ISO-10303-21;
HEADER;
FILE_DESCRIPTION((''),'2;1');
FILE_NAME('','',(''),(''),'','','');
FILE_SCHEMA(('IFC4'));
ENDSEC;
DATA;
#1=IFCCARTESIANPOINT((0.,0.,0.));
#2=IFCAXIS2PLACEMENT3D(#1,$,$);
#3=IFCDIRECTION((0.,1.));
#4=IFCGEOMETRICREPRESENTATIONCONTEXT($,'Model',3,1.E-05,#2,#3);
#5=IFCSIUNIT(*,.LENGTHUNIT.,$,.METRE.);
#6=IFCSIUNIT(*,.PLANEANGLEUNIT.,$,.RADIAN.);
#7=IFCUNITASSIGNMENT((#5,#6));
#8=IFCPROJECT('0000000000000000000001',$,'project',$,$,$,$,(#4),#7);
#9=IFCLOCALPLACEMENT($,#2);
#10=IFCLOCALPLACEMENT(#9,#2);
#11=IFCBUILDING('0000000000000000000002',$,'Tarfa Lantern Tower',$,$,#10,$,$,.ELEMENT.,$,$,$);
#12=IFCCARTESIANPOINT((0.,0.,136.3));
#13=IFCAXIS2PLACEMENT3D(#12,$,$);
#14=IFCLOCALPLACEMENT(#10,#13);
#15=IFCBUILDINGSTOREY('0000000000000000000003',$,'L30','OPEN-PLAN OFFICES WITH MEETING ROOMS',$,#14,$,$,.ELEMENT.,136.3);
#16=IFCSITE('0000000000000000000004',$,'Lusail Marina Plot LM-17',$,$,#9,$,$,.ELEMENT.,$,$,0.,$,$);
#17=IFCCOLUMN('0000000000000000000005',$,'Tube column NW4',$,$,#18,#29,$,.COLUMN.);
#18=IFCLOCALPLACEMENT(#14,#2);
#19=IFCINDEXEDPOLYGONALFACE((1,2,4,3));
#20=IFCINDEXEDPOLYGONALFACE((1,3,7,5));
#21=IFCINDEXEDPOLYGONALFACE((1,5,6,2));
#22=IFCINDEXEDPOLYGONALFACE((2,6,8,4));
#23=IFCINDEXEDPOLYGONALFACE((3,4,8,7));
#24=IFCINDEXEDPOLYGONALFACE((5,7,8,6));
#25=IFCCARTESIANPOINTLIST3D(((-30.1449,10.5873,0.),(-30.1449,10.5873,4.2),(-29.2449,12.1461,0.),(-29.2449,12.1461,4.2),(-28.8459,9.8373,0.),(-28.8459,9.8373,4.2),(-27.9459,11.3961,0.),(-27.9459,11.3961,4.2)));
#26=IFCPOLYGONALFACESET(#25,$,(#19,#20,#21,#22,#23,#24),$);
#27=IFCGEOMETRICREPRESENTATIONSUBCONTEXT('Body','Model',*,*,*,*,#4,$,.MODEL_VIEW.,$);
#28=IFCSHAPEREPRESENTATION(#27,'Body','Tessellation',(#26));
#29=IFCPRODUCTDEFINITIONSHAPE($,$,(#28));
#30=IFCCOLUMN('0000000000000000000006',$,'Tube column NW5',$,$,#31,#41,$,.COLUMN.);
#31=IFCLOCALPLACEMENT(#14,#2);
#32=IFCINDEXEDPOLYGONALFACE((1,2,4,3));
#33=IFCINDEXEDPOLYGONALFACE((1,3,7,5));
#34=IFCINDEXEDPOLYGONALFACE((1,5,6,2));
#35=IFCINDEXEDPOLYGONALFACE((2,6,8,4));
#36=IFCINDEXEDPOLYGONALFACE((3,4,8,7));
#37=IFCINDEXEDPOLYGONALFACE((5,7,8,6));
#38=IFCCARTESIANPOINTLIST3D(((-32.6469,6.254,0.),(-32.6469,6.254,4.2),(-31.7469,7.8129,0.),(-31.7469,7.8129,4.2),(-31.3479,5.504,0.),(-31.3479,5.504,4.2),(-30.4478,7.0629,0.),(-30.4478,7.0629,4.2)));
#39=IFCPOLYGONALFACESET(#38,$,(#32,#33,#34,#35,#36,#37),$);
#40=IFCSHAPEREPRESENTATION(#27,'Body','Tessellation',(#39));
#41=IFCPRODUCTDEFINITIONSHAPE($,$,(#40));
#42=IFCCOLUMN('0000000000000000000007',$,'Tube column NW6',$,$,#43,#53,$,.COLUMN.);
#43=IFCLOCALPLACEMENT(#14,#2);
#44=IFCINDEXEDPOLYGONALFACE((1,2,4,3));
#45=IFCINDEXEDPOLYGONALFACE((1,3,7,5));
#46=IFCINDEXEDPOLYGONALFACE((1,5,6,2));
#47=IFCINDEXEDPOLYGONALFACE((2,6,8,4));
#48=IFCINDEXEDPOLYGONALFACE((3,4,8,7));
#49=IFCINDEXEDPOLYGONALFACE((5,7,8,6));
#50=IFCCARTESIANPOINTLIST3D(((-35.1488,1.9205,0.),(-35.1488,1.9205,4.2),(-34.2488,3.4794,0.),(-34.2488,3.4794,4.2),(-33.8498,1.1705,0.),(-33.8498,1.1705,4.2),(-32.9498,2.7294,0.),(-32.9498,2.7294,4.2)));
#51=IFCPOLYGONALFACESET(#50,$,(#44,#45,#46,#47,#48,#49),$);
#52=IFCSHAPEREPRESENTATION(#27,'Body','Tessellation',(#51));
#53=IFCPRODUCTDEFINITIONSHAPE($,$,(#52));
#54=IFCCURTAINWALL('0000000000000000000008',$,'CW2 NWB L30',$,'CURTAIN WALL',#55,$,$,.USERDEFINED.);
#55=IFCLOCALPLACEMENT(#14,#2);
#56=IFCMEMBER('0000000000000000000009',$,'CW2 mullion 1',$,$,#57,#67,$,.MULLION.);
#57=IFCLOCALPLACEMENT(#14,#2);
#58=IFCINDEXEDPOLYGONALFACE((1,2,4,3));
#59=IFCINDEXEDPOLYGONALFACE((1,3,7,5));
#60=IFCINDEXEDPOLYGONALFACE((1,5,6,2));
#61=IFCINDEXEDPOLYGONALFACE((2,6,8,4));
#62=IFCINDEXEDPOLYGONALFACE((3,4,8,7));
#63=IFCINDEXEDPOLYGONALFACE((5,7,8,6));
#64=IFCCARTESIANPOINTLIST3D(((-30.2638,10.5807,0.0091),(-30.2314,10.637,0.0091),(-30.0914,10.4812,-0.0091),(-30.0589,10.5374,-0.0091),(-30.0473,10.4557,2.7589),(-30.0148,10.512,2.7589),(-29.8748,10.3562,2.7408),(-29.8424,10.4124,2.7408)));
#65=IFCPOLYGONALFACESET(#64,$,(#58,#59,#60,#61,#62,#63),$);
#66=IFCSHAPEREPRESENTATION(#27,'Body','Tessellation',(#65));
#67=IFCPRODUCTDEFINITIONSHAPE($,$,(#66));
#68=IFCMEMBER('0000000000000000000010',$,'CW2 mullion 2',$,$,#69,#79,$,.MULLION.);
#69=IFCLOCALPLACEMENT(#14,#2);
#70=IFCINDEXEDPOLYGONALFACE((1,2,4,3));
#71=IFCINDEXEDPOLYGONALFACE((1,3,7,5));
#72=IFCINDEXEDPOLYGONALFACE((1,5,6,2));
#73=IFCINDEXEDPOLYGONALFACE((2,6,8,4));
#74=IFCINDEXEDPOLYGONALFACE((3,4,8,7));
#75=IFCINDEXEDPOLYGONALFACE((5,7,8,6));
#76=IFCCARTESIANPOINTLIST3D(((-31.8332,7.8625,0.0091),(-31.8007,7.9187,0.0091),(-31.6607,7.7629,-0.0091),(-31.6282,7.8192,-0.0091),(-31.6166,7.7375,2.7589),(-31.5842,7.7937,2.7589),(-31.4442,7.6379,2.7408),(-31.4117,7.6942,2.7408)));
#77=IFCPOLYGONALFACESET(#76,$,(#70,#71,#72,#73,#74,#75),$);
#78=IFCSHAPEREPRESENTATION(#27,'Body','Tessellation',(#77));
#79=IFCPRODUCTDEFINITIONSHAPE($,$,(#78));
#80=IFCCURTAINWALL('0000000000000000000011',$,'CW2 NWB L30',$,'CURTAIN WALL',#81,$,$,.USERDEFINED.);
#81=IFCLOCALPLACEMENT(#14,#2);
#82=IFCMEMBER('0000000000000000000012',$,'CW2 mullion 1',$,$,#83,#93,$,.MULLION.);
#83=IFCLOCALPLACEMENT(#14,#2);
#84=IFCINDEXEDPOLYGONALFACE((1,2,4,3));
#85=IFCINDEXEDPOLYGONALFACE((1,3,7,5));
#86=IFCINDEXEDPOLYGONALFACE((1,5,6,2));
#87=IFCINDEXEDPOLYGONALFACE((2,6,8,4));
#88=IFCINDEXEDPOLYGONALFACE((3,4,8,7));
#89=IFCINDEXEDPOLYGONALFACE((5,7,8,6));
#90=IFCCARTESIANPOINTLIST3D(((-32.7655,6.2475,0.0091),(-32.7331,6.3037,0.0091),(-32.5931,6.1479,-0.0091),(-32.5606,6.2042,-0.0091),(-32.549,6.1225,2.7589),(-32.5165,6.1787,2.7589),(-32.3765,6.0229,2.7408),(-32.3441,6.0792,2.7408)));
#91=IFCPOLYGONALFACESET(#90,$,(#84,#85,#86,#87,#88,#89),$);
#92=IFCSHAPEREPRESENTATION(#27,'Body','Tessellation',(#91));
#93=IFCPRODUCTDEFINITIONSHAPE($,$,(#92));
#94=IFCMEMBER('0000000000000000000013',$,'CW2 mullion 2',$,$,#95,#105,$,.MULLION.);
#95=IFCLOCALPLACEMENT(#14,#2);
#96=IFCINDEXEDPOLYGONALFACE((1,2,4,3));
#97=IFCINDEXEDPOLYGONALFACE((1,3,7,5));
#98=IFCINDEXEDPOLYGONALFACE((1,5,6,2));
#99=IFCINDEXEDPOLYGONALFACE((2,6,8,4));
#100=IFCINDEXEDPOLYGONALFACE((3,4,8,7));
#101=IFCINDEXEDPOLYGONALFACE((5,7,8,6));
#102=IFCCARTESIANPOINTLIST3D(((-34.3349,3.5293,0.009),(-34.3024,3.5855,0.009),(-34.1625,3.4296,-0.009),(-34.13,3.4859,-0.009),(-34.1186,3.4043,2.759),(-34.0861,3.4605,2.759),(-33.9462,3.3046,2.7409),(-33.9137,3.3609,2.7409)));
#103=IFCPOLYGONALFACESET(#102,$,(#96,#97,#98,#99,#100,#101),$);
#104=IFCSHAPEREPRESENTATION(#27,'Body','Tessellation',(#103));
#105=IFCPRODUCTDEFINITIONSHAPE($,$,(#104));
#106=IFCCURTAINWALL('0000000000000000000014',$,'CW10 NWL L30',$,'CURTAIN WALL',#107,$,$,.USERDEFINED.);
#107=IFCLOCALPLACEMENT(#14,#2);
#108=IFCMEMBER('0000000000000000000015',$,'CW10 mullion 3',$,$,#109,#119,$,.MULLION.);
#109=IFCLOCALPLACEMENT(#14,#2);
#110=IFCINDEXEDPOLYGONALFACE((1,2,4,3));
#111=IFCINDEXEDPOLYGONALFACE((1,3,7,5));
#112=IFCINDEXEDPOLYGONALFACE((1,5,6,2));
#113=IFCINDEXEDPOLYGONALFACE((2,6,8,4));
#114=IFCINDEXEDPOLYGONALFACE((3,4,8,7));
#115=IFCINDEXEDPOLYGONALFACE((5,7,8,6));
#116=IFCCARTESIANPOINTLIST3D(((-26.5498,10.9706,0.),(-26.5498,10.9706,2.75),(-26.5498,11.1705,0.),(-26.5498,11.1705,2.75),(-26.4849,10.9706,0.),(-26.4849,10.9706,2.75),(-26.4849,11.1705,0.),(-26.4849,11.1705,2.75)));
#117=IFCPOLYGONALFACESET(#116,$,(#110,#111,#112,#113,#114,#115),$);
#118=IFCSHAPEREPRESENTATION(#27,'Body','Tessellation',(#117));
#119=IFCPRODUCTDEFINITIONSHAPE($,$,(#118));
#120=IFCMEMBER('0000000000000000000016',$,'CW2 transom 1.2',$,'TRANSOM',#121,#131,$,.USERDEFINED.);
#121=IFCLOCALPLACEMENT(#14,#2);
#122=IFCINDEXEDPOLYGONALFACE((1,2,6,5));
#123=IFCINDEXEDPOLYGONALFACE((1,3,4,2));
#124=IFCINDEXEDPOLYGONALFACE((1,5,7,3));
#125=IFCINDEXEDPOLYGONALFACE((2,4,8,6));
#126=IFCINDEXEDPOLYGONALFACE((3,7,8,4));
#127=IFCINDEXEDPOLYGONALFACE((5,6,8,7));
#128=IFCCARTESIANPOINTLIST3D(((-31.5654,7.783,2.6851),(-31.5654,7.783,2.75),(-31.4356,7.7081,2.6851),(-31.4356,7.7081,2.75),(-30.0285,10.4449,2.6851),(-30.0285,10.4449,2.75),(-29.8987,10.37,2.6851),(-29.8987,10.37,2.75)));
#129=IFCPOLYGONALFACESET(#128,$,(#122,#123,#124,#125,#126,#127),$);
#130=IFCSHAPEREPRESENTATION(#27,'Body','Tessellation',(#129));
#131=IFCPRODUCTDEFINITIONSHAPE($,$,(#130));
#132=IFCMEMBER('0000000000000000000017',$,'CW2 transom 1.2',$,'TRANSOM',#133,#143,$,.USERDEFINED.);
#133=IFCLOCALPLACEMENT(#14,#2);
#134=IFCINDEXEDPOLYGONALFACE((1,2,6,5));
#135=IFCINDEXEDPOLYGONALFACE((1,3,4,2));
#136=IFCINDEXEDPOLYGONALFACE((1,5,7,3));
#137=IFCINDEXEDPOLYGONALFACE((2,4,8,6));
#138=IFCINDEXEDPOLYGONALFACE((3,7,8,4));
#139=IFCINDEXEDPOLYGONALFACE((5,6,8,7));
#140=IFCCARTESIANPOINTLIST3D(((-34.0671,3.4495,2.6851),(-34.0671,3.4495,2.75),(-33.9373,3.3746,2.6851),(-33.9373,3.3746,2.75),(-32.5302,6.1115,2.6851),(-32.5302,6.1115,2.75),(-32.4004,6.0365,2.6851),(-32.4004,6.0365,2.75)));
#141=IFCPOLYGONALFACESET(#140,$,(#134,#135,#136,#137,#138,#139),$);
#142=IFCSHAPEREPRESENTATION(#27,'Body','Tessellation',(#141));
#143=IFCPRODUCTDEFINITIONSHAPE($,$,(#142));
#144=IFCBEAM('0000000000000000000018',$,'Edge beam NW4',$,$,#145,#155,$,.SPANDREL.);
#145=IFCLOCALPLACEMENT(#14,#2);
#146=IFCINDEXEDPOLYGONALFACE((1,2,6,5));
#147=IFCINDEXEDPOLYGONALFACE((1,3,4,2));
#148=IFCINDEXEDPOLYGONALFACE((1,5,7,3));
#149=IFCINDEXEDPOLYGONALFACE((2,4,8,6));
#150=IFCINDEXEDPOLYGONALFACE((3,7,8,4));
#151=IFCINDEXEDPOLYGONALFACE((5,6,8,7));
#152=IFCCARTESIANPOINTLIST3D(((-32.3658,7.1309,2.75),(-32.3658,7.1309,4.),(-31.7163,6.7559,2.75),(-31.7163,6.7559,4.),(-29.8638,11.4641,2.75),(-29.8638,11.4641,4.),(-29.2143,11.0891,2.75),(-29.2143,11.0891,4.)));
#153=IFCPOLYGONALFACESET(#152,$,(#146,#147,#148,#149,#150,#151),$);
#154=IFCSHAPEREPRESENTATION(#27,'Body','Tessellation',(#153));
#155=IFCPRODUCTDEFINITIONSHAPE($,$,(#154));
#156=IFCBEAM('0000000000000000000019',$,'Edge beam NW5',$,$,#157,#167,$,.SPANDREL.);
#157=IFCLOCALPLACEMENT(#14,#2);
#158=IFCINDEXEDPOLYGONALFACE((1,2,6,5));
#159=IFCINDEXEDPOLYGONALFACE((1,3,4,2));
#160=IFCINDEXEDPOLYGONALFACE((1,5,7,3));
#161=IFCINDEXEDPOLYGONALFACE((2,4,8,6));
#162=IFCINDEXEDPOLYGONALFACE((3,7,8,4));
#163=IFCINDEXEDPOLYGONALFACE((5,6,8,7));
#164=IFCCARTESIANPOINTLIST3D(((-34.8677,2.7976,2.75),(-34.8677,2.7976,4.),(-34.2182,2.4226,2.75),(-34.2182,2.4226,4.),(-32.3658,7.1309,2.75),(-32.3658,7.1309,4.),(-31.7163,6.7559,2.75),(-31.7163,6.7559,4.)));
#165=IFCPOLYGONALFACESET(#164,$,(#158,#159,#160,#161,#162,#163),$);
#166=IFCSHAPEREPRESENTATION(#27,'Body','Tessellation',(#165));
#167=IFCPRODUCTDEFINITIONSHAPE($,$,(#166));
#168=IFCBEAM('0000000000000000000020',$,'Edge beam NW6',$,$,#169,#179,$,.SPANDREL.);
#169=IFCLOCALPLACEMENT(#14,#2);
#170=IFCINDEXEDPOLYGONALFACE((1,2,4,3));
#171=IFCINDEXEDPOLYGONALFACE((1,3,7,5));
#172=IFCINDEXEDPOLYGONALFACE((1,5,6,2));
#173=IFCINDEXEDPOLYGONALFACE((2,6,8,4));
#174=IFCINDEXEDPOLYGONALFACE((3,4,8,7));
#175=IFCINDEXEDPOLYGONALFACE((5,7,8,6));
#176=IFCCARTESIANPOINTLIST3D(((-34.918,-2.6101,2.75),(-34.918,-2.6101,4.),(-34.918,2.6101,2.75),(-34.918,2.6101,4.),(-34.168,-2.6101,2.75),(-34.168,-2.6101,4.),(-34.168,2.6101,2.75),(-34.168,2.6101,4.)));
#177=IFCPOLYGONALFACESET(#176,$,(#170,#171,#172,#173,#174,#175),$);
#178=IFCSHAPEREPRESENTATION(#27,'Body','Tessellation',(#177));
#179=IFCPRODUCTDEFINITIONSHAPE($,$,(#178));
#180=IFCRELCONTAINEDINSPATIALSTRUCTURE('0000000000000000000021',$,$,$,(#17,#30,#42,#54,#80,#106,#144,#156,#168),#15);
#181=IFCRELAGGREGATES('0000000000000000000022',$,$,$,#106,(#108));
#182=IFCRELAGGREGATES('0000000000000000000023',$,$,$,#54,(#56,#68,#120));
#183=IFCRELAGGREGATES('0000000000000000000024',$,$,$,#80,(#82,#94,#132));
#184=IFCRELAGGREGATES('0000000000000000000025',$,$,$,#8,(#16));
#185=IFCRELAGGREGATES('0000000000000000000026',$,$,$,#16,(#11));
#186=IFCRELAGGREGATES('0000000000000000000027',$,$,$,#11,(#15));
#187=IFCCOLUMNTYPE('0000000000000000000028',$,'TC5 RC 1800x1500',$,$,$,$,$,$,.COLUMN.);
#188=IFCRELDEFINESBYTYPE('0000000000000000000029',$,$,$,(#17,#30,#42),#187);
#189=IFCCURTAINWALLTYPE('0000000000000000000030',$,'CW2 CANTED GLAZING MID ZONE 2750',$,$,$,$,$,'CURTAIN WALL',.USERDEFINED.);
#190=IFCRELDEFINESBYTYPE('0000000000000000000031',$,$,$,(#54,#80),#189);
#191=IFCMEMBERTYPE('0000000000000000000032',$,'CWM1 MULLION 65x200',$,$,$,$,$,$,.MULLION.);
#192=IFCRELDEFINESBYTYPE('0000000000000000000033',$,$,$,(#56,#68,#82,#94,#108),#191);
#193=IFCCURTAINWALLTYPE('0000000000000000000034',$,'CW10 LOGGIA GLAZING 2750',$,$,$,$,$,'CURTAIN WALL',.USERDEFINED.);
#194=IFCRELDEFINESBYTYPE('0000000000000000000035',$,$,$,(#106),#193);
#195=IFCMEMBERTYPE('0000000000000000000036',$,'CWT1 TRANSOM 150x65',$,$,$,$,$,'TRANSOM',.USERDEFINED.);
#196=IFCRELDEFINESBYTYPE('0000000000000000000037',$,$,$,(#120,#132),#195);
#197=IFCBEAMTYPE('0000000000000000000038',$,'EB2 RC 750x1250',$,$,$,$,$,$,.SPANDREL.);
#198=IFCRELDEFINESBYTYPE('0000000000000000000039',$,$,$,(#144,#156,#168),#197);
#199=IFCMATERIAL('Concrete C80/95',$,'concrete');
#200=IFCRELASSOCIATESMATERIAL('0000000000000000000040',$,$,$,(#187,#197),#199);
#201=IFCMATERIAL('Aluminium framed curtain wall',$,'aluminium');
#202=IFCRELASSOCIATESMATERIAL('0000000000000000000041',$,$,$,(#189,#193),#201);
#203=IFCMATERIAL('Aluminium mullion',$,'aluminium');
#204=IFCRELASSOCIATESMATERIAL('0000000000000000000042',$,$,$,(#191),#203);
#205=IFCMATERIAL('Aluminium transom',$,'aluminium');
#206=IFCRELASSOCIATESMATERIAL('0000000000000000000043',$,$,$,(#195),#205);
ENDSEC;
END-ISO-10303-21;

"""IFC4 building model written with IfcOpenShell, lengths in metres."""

from ifc_helpers import new_model, si_unit, direction, frame, origin, origin_2d, place, context, subcontext, project, spatial, rectangle, extrude, material, material_profile, profile_set, type_object, element, aggregate, save


model = new_model("IFC4")

# Units and contexts
model_context = context("Model", 3, precision=1e-05, world=origin(), true_north=direction((0.0, 1.0)))
body_context = subcontext(model_context, "Body", "Model", "MODEL_VIEW")
ifc_project = project(units=[si_unit("LENGTHUNIT", "METRE"), si_unit("PLANEANGLEUNIT", "RADIAN")], contexts=[model_context])

# Site, building, storey
site_placement = place(None, origin())
site = spatial("IfcSite", under=ifc_project, at=site_placement, Name="Lusail Marina Plot LM-17", CompositionType="ELEMENT", RefElevation=0.0)
building_placement = place(site_placement, origin())
building = spatial("IfcBuilding", under=site, at=building_placement, Name="Tarfa Lantern Tower", CompositionType="ELEMENT")
storey_placement = place(building_placement, frame((0.0, 0.0, 136.3)))
storey = spatial("IfcBuildingStorey", under=building, at=storey_placement, Name="L30", Description="OPEN-PLAN OFFICES WITH MEETING ROOMS", CompositionType="ELEMENT", Elevation=136.3)

# Columns
ifc_material_1 = material(Name="Concrete C80/95", Category="concrete")
ifc_material_profile_1 = material_profile(ifc_material_1, rectangle(XDim=1.8, YDim=1.5, at=origin_2d()), Name="RC 1800x1500")
ifc_profile_set_1 = profile_set([ifc_material_profile_1], Name="Concrete C80/95")
column_type = type_object("IfcColumnType", Name="TC5 RC 1800x1500", PredefinedType="COLUMN", material=ifc_profile_set_1)
for number, where, z_axis, x_axis, name in (
    (1, (-29.0454, 10.9917, 0.0), (0.0, 0.0, 1.0), (-0.5, -0.866025, 0.0), "Tube column NW4"),
    (2, (-31.5474, 6.6584, 0.0), (0.0, 0.0, 1.0), (-0.5, -0.866025, 0.0), "Tube column NW5"),
    (3, (-34.0493, 2.325, 0.0), (0.0, 0.0, 1.0), (-0.5, -0.866025, 0.0), "Tube column NW6"),
):
    element("IfcColumn", number, at=place(storey_placement, frame(where, z_axis=z_axis, x_axis=x_axis)), inside=storey, type_object=column_type, Name=name, PredefinedType="COLUMN", context=body_context, shape_type="SweptSolid", body=[
        extrude(rectangle(XDim=1.8, YDim=1.5, at=origin_2d()), origin(), (0.0, 0.0, 1.0), 4.2),
    ])

# Curtain walls, members
ifc_material_2 = material(Name="Aluminium framed curtain wall", Category="aluminium")
curtain_wall_type_1 = type_object("IfcCurtainWallType", Name="CW2 CANTED GLAZING MID ZONE 2750", ElementType="CURTAIN WALL", PredefinedType="USERDEFINED", material=ifc_material_2)
curtain_wall_1_placement = place(storey_placement, origin())
curtain_wall_1 = element("IfcCurtainWall", 4, at=curtain_wall_1_placement, inside=storey, type_object=curtain_wall_type_1, Name="CW2 NWB L30", ObjectType="CURTAIN WALL", PredefinedType="USERDEFINED")
ifc_material_3 = material(Name="Aluminium mullion", Category="aluminium")
ifc_material_profile_2 = material_profile(ifc_material_3, rectangle(XDim=0.0649, YDim=0.2, at=origin_2d()), Name="AL MULLION 65x200")
ifc_profile_set_2 = profile_set([ifc_material_profile_2], Name="Aluminium mullion")
member_type_1 = type_object("IfcMemberType", Name="CWM1 MULLION 65x200", PredefinedType="MULLION", material=ifc_profile_set_2)
member_1_placement = place(storey_placement, frame((-30.1614, 10.5591, 0.0), z_axis=(0.078423, -0.045268, 0.995892), x_axis=(0.49992, 0.866072, 0.0)))
member_1 = element("IfcMember", 5, at=member_1_placement, type_object=member_type_1, Name="CW2 mullion 1", PredefinedType="MULLION", context=body_context, shape_type="SweptSolid", body=[
    extrude(rectangle(XDim=0.0649, YDim=0.2, at=origin_2d()), origin(), (0.0, 0.0, 1.0), 2.7612),
])
member_2_placement = place(storey_placement, frame((-31.7307, 7.8408, 0.0), z_axis=(0.078423, -0.045268, 0.995892), x_axis=(0.49992, 0.866072, 0.0)))
member_2 = element("IfcMember", 6, at=member_2_placement, type_object=member_type_1, Name="CW2 mullion 2", PredefinedType="MULLION", context=body_context, shape_type="SweptSolid", body=[
    extrude(rectangle(XDim=0.0649, YDim=0.2, at=origin_2d()), origin(), (0.0, 0.0, 1.0), 2.7612),
])
curtain_wall_2_placement = place(storey_placement, origin())
curtain_wall_2 = element("IfcCurtainWall", 7, at=curtain_wall_2_placement, inside=storey, type_object=curtain_wall_type_1, Name="CW2 NWB L30", ObjectType="CURTAIN WALL", PredefinedType="USERDEFINED")
member_3_placement = place(storey_placement, frame((-32.6631, 6.2258, 0.0), z_axis=(0.078423, -0.045268, 0.995892), x_axis=(0.49992, 0.866072, 0.0)))
member_3 = element("IfcMember", 8, at=member_3_placement, type_object=member_type_1, Name="CW2 mullion 1", PredefinedType="MULLION", context=body_context, shape_type="SweptSolid", body=[
    extrude(rectangle(XDim=0.0649, YDim=0.2, at=origin_2d()), origin(), (0.0, 0.0, 1.0), 2.7612),
])
member_4_placement = place(storey_placement, frame((-34.2324, 3.5076, 0.0), z_axis=(0.078335, -0.045268, 0.995899), x_axis=(0.500343, 0.865827, 0.0)))
member_4 = element("IfcMember", 9, at=member_4_placement, type_object=member_type_1, Name="CW2 mullion 2", PredefinedType="MULLION", context=body_context, shape_type="SweptSolid", body=[
    extrude(rectangle(XDim=0.0649, YDim=0.2, at=origin_2d()), origin(), (0.0, 0.0, 1.0), 2.7612),
])

# Curtain wall, member
curtain_wall_type_2 = type_object("IfcCurtainWallType", Name="CW10 LOGGIA GLAZING 2750", ElementType="CURTAIN WALL", PredefinedType="USERDEFINED", material=ifc_material_2)
curtain_wall_3_placement = place(storey_placement, origin())
curtain_wall_3 = element("IfcCurtainWall", 10, at=curtain_wall_3_placement, inside=storey, type_object=curtain_wall_type_2, Name="CW10 NWL L30", ObjectType="CURTAIN WALL", PredefinedType="USERDEFINED")
member_5_placement = place(storey_placement, frame((-26.5173, 11.0706, 0.0), z_axis=(0.0, 0.0, 1.0), x_axis=(1.0, 0.0, 0.0)))
member_5 = element("IfcMember", 11, at=member_5_placement, type_object=member_type_1, Name="CW10 mullion 3", PredefinedType="MULLION", context=body_context, shape_type="SweptSolid", body=[
    extrude(rectangle(XDim=0.0649, YDim=0.2, at=origin_2d()), origin(), (0.0, 0.0, 1.0), 2.75),
])
aggregate(curtain_wall_3, [member_5])

# Members
ifc_material_4 = material(Name="Aluminium transom", Category="aluminium")
ifc_material_profile_3 = material_profile(ifc_material_4, rectangle(XDim=0.1499, YDim=0.0649, at=origin_2d()), Name="AL TRANSOM 150x65")
ifc_profile_set_3 = profile_set([ifc_material_profile_3], Name="Aluminium transom")
member_type_2 = type_object("IfcMemberType", Name="CWT1 TRANSOM 150x65", ElementType="TRANSOM", PredefinedType="USERDEFINED", material=ifc_profile_set_3)
member_6_placement = place(storey_placement, frame((-29.9636, 10.4075, 2.7175), z_axis=(-0.500009, -0.86602, 0.0), x_axis=(0.86602, -0.500009, 0.0)))
member_6 = element("IfcMember", 12, at=member_6_placement, type_object=member_type_2, Name="CW2 transom 1.2", ObjectType="TRANSOM", PredefinedType="USERDEFINED", context=body_context, shape_type="SweptSolid", body=[
    extrude(rectangle(XDim=0.1499, YDim=0.0649, at=origin_2d()), origin(), (0.0, 0.0, 1.0), 3.0737),
])
member_7_placement = place(storey_placement, frame((-32.4653, 6.074, 2.7175), z_axis=(-0.500009, -0.86602, 0.0), x_axis=(0.86602, -0.500009, 0.0)))
member_7 = element("IfcMember", 13, at=member_7_placement, type_object=member_type_2, Name="CW2 transom 1.2", ObjectType="TRANSOM", PredefinedType="USERDEFINED", context=body_context, shape_type="SweptSolid", body=[
    extrude(rectangle(XDim=0.1499, YDim=0.0649, at=origin_2d()), origin(), (0.0, 0.0, 1.0), 3.0737),
])

# Beams
ifc_material_profile_4 = material_profile(ifc_material_1, rectangle(XDim=0.75, YDim=1.25, at=origin_2d()), Name="RC 750x1250")
ifc_profile_set_4 = profile_set([ifc_material_profile_4], Name="Concrete C80/95")
beam_type_1 = type_object("IfcBeamType", Name="EB2 RC 750x1250", PredefinedType="SPANDREL", material=ifc_profile_set_4)
for number, where, z_axis, x_axis, name in (
    (14, (-29.5391, 11.2766, 3.375), (-0.500022, -0.866013, 0.0), (0.866013, -0.500022, 0.0), "Edge beam NW4"),
    (15, (-32.041, 6.9434, 3.375), (-0.500022, -0.866013, 0.0), (0.866013, -0.500022, 0.0), "Edge beam NW5"),
):
    element("IfcBeam", number, at=place(storey_placement, frame(where, z_axis=z_axis, x_axis=x_axis)), inside=storey, type_object=beam_type_1, Name=name, PredefinedType="SPANDREL", context=body_context, shape_type="SweptSolid", body=[
        extrude(rectangle(XDim=0.75, YDim=1.25, at=origin_2d()), origin(), (0.0, 0.0, 1.0), 5.0037),
    ])
beam_1_placement = place(storey_placement, frame((-34.543, 2.6101, 3.375), z_axis=(0.0, -1.0, 0.0), x_axis=(1.0, 0.0, 0.0)))
element("IfcBeam", 16, at=beam_1_placement, inside=storey, type_object=beam_type_1, Name="Edge beam NW6", PredefinedType="SPANDREL", context=body_context, shape_type="SweptSolid", body=[
    extrude(rectangle(XDim=0.75, YDim=1.25, at=origin_2d()), origin(), (0.0, 0.0, 1.0), 5.2202),
])

aggregate(curtain_wall_1, [member_1, member_2, member_6])
aggregate(curtain_wall_2, [member_3, member_4, member_7])

save(model, "model.ifc")
